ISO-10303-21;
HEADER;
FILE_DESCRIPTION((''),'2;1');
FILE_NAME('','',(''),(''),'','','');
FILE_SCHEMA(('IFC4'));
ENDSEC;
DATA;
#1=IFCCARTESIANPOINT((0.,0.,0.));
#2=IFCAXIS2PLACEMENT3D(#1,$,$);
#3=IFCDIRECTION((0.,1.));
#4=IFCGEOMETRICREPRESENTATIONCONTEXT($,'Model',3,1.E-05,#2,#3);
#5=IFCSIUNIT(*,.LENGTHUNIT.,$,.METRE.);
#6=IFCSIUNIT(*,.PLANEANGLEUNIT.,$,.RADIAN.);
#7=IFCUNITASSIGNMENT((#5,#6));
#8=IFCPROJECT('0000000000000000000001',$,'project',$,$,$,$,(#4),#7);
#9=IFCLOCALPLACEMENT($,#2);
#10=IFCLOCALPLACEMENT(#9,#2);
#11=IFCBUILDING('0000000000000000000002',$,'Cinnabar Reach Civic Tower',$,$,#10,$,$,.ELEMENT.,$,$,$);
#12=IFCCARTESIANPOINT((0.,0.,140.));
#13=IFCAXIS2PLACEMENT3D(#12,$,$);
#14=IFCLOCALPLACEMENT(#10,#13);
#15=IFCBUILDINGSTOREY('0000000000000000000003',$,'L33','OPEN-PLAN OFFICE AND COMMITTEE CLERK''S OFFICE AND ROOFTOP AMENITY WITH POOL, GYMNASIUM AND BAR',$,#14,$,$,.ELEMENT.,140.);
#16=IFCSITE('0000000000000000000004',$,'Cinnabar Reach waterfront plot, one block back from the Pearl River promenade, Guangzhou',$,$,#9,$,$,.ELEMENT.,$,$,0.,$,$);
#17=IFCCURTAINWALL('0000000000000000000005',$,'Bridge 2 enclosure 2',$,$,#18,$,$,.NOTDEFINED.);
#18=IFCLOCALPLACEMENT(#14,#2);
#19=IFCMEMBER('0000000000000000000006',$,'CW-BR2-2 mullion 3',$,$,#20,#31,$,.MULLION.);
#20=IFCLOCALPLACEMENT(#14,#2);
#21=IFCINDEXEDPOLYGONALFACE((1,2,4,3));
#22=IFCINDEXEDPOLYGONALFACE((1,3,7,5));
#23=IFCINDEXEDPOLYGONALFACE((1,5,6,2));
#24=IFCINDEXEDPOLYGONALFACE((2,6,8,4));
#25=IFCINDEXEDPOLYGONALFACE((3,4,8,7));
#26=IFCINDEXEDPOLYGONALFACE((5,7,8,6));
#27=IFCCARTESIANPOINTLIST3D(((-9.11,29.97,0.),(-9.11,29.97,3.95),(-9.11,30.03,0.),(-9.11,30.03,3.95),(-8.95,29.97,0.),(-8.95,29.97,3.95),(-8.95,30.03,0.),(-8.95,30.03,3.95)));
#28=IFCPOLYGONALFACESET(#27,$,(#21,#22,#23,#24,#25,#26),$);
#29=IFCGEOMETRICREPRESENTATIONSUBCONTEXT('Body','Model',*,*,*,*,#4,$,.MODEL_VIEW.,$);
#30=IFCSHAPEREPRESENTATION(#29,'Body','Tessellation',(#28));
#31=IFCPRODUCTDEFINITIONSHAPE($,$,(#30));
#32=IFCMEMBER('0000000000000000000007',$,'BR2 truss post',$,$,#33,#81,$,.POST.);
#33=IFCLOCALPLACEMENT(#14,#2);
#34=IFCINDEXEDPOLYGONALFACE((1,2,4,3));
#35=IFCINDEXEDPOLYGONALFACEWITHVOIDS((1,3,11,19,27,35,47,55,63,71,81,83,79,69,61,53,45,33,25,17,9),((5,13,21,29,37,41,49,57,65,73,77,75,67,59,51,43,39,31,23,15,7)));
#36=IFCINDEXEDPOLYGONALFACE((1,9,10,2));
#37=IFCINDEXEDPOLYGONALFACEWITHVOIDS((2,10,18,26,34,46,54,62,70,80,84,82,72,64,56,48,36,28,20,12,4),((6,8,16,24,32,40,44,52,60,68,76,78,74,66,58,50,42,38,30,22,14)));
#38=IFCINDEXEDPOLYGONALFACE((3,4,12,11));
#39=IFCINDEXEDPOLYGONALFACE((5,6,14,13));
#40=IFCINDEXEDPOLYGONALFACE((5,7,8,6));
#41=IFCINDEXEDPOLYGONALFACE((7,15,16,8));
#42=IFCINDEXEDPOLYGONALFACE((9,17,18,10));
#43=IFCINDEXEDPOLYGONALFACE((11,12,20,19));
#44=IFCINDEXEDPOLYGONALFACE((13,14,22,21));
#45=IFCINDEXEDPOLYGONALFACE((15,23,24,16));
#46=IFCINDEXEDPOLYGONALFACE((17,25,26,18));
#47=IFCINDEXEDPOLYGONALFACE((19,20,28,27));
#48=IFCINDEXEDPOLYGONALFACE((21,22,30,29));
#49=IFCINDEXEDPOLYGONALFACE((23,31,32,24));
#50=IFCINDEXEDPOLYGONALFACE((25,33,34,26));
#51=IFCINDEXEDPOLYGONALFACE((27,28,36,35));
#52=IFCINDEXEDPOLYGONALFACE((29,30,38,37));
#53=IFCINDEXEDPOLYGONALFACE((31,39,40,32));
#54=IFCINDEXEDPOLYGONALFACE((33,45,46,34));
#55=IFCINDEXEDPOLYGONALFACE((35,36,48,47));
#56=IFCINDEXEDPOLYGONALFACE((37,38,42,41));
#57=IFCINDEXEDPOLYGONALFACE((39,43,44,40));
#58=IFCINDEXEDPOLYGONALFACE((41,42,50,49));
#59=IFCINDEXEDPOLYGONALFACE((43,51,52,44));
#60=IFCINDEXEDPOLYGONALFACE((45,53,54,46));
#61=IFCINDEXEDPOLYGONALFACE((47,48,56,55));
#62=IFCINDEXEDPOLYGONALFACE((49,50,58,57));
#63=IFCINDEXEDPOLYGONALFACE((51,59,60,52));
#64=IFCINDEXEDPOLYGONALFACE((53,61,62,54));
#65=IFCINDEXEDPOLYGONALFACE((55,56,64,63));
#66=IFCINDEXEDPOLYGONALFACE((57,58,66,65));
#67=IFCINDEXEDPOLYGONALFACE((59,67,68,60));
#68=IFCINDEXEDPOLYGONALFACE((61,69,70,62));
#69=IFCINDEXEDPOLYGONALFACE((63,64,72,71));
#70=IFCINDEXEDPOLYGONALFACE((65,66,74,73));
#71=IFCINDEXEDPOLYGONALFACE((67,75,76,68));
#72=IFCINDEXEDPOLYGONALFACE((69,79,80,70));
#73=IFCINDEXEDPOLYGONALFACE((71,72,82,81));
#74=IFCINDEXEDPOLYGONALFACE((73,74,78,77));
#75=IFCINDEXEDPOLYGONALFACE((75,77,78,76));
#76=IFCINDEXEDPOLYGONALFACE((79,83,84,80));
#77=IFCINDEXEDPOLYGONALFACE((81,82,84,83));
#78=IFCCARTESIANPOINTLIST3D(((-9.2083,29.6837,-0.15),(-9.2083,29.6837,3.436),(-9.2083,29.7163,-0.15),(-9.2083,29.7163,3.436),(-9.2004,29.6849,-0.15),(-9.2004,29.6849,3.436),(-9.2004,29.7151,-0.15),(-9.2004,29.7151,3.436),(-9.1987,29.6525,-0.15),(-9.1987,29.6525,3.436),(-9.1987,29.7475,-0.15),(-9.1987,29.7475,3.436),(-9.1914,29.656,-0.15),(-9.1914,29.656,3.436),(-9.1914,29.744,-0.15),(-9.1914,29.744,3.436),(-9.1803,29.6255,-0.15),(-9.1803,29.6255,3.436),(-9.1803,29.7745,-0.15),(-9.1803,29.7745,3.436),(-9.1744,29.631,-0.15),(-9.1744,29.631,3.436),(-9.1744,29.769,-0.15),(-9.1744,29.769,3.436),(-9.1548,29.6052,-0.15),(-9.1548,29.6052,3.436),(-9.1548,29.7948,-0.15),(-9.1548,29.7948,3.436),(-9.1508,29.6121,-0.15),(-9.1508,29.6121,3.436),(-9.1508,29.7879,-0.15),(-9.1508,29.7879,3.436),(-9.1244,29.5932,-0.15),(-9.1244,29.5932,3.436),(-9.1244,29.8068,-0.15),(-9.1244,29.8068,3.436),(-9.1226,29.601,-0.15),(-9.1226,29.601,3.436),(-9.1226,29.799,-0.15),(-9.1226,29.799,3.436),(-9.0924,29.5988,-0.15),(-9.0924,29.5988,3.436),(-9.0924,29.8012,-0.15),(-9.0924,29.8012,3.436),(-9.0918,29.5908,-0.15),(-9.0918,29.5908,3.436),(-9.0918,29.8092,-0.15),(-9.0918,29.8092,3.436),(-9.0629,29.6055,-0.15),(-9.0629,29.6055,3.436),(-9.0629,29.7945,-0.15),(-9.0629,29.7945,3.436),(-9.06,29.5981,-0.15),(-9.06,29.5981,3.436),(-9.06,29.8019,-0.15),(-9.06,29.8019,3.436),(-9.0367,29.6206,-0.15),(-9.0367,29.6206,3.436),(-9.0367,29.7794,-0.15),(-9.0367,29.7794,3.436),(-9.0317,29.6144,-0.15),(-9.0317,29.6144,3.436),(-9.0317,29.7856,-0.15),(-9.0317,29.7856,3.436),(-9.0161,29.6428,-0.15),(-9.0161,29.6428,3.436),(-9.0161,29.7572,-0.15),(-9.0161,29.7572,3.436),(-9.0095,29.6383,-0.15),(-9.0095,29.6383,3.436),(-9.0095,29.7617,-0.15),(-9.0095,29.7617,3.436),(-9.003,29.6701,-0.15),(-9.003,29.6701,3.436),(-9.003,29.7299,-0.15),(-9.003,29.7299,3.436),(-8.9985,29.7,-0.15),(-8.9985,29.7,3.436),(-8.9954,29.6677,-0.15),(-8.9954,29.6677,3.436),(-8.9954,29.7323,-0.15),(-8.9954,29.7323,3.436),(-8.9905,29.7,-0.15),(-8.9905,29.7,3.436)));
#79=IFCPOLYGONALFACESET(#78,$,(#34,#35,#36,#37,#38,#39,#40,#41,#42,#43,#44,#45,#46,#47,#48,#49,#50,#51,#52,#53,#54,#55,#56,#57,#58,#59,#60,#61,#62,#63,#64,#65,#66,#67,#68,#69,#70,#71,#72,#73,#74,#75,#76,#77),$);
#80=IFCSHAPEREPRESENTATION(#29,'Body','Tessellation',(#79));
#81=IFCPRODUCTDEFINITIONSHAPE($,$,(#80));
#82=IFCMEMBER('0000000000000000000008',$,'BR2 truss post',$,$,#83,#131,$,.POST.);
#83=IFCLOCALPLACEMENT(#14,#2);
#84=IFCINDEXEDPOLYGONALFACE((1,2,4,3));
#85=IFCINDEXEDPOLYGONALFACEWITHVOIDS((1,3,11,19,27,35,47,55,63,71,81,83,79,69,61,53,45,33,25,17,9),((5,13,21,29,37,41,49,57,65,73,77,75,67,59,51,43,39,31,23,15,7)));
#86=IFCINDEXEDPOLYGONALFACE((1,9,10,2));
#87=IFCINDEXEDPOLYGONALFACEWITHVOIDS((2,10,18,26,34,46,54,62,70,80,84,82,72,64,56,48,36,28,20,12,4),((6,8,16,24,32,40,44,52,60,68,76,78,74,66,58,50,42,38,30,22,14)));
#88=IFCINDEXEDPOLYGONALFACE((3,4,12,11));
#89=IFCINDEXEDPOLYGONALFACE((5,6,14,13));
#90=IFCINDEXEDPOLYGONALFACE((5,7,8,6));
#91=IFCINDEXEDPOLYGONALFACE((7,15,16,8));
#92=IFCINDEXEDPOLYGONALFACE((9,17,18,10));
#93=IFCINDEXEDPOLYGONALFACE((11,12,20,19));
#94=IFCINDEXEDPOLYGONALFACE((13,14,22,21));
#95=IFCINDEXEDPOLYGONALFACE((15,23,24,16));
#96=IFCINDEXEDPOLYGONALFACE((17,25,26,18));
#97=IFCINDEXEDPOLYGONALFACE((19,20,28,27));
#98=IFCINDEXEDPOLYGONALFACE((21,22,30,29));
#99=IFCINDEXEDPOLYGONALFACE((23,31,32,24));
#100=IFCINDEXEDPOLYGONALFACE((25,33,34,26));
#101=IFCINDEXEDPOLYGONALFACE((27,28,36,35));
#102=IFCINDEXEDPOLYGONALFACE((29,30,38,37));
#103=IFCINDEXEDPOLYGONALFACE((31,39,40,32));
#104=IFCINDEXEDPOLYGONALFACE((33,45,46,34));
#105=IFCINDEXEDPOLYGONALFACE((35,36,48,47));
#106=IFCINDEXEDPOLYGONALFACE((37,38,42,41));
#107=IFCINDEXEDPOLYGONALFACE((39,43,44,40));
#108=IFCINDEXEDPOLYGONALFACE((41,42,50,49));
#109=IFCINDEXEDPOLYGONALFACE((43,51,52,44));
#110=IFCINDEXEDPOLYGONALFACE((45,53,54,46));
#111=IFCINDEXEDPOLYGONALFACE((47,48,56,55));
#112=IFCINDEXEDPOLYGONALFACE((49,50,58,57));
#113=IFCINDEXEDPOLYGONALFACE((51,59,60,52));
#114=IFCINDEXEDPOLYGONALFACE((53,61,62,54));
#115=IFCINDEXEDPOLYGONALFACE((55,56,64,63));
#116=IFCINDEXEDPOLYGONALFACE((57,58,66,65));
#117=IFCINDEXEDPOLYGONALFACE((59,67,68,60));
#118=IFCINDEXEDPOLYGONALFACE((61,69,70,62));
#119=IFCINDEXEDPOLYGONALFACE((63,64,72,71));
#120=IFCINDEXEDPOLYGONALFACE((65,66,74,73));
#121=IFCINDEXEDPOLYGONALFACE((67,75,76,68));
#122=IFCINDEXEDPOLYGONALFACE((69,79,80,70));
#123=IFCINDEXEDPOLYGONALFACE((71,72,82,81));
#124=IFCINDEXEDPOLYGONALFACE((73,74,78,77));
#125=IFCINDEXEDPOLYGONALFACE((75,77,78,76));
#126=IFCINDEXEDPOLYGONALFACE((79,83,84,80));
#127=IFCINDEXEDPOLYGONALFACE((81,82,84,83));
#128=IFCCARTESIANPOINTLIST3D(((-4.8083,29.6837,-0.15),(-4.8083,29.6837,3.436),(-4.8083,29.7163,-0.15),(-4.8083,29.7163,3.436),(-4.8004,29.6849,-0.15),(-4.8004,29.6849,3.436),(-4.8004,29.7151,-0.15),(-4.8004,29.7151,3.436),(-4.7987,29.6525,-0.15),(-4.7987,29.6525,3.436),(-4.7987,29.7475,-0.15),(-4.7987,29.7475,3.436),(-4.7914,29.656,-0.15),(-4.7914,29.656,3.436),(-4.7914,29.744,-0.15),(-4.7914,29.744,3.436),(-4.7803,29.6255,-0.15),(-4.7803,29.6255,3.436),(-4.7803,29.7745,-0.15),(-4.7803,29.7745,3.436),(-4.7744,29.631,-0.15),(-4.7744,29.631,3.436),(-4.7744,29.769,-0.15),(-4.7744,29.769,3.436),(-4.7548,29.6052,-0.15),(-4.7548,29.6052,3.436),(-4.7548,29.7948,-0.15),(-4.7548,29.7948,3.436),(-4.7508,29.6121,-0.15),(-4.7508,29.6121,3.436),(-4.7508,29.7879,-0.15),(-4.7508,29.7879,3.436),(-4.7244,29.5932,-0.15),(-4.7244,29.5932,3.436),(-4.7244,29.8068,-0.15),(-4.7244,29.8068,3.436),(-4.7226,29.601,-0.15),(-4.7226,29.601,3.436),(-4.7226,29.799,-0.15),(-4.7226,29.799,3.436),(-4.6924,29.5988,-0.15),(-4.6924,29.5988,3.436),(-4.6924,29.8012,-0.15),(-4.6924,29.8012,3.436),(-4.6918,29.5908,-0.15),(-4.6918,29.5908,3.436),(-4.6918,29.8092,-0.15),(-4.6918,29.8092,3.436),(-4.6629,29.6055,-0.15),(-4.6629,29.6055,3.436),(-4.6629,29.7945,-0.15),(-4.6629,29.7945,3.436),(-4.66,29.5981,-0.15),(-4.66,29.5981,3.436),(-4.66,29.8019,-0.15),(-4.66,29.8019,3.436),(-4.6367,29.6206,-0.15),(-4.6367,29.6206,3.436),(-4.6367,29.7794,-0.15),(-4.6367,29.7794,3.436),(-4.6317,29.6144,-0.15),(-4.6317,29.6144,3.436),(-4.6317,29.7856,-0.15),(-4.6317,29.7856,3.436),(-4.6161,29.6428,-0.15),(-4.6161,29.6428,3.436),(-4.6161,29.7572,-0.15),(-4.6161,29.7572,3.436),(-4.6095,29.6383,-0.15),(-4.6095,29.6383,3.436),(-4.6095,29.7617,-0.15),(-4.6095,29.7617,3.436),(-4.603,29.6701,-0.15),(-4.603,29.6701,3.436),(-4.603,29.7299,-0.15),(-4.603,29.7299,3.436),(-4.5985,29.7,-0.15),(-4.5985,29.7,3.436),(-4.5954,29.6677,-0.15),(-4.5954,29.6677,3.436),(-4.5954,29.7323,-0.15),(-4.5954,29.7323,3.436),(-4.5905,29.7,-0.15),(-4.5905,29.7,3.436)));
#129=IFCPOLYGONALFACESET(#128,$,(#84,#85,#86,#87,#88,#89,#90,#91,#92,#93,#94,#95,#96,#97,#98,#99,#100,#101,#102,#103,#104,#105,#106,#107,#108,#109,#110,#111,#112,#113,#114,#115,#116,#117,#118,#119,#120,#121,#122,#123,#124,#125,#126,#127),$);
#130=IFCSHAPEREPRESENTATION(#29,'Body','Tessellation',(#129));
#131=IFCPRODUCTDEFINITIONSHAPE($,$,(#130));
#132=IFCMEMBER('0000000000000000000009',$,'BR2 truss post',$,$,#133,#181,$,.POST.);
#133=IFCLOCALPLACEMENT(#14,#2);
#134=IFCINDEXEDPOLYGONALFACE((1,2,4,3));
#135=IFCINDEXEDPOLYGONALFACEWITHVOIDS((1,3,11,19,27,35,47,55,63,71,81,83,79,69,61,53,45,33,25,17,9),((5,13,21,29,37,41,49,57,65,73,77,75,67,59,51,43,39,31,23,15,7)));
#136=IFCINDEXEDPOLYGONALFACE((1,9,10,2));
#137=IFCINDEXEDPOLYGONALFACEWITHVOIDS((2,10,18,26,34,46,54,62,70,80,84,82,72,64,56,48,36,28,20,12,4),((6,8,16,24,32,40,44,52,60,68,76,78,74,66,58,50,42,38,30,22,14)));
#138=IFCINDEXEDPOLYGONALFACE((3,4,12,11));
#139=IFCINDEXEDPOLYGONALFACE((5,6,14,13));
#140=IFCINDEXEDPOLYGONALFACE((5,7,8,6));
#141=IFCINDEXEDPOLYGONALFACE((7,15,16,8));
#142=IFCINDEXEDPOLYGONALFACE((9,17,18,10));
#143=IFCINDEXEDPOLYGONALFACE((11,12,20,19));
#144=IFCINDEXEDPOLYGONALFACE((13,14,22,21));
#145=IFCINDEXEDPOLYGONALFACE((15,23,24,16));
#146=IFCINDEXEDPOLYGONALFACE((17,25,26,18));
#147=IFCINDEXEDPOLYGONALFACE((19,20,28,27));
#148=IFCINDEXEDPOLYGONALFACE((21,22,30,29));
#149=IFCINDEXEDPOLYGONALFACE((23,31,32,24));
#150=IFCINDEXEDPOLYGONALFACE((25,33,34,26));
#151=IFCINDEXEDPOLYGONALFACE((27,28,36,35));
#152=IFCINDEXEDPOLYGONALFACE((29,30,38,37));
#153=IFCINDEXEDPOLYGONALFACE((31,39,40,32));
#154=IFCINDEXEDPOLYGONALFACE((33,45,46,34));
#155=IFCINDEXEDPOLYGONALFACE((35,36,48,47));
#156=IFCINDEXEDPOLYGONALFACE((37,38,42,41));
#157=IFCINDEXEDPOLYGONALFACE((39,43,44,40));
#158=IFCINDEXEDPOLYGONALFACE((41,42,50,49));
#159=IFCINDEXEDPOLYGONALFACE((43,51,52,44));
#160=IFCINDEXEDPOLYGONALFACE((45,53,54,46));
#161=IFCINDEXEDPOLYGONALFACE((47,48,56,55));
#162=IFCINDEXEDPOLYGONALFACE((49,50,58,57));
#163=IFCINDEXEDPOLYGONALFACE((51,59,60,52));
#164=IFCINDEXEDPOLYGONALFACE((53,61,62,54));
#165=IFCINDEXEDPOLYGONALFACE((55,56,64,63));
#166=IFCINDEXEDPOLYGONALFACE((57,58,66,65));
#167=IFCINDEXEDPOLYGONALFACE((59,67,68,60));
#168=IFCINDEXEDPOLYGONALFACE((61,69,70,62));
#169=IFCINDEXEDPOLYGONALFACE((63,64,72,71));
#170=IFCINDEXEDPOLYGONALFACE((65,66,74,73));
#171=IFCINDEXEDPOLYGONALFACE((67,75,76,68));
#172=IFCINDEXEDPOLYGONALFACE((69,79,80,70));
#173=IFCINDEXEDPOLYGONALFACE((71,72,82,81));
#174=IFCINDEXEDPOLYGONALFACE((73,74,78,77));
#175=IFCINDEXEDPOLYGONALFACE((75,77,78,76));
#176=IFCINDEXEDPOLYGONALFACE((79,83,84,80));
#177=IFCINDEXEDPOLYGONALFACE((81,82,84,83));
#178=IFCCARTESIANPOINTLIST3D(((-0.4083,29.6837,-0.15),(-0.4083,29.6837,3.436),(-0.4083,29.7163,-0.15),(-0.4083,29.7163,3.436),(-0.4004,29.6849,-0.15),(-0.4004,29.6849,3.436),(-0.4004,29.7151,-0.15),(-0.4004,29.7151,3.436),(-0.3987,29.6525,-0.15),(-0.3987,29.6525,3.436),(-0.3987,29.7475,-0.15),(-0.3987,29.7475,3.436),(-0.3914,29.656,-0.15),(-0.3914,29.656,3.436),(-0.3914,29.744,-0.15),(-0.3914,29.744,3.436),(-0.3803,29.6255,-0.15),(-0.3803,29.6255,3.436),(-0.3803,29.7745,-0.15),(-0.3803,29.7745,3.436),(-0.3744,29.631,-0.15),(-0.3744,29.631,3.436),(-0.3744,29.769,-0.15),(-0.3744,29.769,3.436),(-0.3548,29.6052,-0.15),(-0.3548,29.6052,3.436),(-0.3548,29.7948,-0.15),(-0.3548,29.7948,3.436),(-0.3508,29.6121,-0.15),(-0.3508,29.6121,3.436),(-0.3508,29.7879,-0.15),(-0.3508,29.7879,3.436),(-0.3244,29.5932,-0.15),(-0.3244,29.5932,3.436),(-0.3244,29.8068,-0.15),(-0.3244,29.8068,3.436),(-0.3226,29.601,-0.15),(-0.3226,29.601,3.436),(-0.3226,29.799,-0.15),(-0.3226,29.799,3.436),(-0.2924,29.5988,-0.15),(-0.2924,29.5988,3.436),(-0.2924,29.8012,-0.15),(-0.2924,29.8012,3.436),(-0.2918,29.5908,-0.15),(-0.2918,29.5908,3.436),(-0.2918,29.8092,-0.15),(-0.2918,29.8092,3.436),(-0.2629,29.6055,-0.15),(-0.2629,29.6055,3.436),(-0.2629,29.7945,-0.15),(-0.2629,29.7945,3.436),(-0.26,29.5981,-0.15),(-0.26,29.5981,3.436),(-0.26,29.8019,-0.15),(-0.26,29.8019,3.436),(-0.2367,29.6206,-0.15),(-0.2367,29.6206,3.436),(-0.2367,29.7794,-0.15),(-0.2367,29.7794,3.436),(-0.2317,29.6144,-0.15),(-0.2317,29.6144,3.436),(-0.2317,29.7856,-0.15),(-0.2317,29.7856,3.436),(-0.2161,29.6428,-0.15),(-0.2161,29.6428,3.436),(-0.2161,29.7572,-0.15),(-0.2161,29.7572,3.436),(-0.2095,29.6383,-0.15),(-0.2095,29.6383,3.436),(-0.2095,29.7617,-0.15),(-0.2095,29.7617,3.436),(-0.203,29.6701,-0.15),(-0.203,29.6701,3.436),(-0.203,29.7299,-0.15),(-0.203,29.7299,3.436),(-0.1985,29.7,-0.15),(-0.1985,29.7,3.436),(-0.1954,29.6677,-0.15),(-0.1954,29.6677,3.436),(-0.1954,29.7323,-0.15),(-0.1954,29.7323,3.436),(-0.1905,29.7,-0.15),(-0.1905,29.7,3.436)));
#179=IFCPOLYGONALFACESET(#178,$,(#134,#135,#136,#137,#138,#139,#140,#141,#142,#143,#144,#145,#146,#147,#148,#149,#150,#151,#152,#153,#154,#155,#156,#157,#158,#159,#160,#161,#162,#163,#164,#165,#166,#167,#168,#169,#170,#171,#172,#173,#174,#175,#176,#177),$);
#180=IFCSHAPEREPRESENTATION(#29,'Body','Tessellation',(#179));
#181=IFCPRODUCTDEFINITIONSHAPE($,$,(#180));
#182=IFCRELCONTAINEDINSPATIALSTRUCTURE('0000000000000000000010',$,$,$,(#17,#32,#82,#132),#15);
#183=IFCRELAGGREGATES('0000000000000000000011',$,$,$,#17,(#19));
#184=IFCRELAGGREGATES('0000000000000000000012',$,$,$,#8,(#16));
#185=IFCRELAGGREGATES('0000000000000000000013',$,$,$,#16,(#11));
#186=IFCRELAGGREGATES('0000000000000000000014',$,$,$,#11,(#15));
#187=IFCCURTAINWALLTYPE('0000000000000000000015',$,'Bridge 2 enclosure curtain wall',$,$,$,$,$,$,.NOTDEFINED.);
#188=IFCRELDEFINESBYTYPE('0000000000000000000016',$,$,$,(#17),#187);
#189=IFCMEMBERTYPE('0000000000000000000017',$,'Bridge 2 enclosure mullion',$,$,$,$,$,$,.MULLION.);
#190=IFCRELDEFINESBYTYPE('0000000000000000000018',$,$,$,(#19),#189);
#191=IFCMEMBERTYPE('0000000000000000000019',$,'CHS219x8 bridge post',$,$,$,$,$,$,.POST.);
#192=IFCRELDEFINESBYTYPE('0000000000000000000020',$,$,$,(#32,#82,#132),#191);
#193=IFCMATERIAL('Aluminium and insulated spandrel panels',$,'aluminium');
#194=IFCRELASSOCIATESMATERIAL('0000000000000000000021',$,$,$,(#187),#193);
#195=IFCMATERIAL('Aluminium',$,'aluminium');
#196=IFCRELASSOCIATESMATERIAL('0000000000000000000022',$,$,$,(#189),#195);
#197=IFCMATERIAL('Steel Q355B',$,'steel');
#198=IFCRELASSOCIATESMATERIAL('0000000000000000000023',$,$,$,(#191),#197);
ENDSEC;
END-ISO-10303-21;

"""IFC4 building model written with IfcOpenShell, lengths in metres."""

from ifc_helpers import new_model, si_unit, direction, frame, origin, origin_2d, place, context, subcontext, project, spatial, rectangle, hollow_circle, extrude, material, material_profile, profile_set, type_object, element, aggregate, save


model = new_model("IFC4")

# Units and contexts
model_context = context("Model", 3, precision=1e-05, world=origin(), true_north=direction((0.0, 1.0)))
body_context = subcontext(model_context, "Body", "Model", "MODEL_VIEW")
ifc_project = project(units=[si_unit("LENGTHUNIT", "METRE"), si_unit("PLANEANGLEUNIT", "RADIAN")], contexts=[model_context])

# Site, building, storey
site_placement = place(None, origin())
site = spatial("IfcSite", under=ifc_project, at=site_placement, Name="Cinnabar Reach waterfront plot, one block back from the Pearl River promenade, Guangzhou", CompositionType="ELEMENT", RefElevation=0.0)
building_placement = place(site_placement, origin())
building = spatial("IfcBuilding", under=site, at=building_placement, Name="Cinnabar Reach Civic Tower", CompositionType="ELEMENT")
storey_placement = place(building_placement, frame((0.0, 0.0, 140.0)))
storey = spatial("IfcBuildingStorey", under=building, at=storey_placement, Name="L33", Description="OPEN-PLAN OFFICE AND COMMITTEE CLERK'S OFFICE AND ROOFTOP AMENITY WITH POOL, GYMNASIUM AND BAR", CompositionType="ELEMENT", Elevation=140.0)

# Curtain wall, member
ifc_material_1 = material(Name="Aluminium and insulated spandrel panels", Category="aluminium")
curtain_wall_type = type_object("IfcCurtainWallType", Name="Bridge 2 enclosure curtain wall", PredefinedType="NOTDEFINED", material=ifc_material_1)
curtain_wall_placement = place(storey_placement, origin())
curtain_wall = element("IfcCurtainWall", 1, at=curtain_wall_placement, inside=storey, type_object=curtain_wall_type, Name="Bridge 2 enclosure 2", PredefinedType="NOTDEFINED")
ifc_material_2 = material(Name="Aluminium", Category="aluminium")
ifc_material_profile_1 = material_profile(ifc_material_2, rectangle(XDim=0.06, YDim=0.16, at=origin_2d()), Name="Bridge 2 enclosure mullion")
ifc_profile_set_1 = profile_set([ifc_material_profile_1], Name="Aluminium")
member_type_1 = type_object("IfcMemberType", Name="Bridge 2 enclosure mullion", PredefinedType="MULLION", material=ifc_profile_set_1)
member_1_placement = place(storey_placement, frame((-9.03, 30.0, 0.0), z_axis=(0.0, 0.0, 1.0), x_axis=(0.0, 1.0, 0.0)))
member_1 = element("IfcMember", 2, at=member_1_placement, type_object=member_type_1, Name="CW-BR2-2 mullion 3", PredefinedType="MULLION", context=body_context, shape_type="SweptSolid", body=[
    extrude(rectangle(XDim=0.06, YDim=0.16, at=origin_2d()), origin(), (0.0, 0.0, 1.0), 3.95),
])

# Members
ifc_material_3 = material(Name="Steel Q355B", Category="steel")
ifc_material_profile_2 = material_profile(ifc_material_3, hollow_circle(Radius=0.1095, WallThickness=0.008, at=origin_2d()), Name="CHS219x8")
ifc_profile_set_2 = profile_set([ifc_material_profile_2], Name="Steel Q355B")
member_type_2 = type_object("IfcMemberType", Name="CHS219x8 bridge post", PredefinedType="POST", material=ifc_profile_set_2)
for number, where, z_axis, x_axis, name in (
    (3, (-9.1, 29.7, -0.15), (0.0, 0.0, 1.0), (1.0, 0.0, 0.0), "BR2 truss post"),
    (4, (-4.7, 29.7, -0.15), (0.0, 0.0, 1.0), (1.0, 0.0, 0.0), "BR2 truss post"),
    (5, (-0.3, 29.7, -0.15), (0.0, 0.0, 1.0), (1.0, 0.0, 0.0), "BR2 truss post"),
):
    element("IfcMember", number, at=place(storey_placement, frame(where, z_axis=z_axis, x_axis=x_axis)), inside=storey, type_object=member_type_2, Name=name, PredefinedType="POST", context=body_context, shape_type="SweptSolid", body=[
        extrude(hollow_circle(Radius=0.1095, WallThickness=0.008, at=origin_2d()), origin(), (0.0, 0.0, 1.0), 3.586),
    ])

aggregate(curtain_wall, [member_1])

save(model, "model.ifc")
